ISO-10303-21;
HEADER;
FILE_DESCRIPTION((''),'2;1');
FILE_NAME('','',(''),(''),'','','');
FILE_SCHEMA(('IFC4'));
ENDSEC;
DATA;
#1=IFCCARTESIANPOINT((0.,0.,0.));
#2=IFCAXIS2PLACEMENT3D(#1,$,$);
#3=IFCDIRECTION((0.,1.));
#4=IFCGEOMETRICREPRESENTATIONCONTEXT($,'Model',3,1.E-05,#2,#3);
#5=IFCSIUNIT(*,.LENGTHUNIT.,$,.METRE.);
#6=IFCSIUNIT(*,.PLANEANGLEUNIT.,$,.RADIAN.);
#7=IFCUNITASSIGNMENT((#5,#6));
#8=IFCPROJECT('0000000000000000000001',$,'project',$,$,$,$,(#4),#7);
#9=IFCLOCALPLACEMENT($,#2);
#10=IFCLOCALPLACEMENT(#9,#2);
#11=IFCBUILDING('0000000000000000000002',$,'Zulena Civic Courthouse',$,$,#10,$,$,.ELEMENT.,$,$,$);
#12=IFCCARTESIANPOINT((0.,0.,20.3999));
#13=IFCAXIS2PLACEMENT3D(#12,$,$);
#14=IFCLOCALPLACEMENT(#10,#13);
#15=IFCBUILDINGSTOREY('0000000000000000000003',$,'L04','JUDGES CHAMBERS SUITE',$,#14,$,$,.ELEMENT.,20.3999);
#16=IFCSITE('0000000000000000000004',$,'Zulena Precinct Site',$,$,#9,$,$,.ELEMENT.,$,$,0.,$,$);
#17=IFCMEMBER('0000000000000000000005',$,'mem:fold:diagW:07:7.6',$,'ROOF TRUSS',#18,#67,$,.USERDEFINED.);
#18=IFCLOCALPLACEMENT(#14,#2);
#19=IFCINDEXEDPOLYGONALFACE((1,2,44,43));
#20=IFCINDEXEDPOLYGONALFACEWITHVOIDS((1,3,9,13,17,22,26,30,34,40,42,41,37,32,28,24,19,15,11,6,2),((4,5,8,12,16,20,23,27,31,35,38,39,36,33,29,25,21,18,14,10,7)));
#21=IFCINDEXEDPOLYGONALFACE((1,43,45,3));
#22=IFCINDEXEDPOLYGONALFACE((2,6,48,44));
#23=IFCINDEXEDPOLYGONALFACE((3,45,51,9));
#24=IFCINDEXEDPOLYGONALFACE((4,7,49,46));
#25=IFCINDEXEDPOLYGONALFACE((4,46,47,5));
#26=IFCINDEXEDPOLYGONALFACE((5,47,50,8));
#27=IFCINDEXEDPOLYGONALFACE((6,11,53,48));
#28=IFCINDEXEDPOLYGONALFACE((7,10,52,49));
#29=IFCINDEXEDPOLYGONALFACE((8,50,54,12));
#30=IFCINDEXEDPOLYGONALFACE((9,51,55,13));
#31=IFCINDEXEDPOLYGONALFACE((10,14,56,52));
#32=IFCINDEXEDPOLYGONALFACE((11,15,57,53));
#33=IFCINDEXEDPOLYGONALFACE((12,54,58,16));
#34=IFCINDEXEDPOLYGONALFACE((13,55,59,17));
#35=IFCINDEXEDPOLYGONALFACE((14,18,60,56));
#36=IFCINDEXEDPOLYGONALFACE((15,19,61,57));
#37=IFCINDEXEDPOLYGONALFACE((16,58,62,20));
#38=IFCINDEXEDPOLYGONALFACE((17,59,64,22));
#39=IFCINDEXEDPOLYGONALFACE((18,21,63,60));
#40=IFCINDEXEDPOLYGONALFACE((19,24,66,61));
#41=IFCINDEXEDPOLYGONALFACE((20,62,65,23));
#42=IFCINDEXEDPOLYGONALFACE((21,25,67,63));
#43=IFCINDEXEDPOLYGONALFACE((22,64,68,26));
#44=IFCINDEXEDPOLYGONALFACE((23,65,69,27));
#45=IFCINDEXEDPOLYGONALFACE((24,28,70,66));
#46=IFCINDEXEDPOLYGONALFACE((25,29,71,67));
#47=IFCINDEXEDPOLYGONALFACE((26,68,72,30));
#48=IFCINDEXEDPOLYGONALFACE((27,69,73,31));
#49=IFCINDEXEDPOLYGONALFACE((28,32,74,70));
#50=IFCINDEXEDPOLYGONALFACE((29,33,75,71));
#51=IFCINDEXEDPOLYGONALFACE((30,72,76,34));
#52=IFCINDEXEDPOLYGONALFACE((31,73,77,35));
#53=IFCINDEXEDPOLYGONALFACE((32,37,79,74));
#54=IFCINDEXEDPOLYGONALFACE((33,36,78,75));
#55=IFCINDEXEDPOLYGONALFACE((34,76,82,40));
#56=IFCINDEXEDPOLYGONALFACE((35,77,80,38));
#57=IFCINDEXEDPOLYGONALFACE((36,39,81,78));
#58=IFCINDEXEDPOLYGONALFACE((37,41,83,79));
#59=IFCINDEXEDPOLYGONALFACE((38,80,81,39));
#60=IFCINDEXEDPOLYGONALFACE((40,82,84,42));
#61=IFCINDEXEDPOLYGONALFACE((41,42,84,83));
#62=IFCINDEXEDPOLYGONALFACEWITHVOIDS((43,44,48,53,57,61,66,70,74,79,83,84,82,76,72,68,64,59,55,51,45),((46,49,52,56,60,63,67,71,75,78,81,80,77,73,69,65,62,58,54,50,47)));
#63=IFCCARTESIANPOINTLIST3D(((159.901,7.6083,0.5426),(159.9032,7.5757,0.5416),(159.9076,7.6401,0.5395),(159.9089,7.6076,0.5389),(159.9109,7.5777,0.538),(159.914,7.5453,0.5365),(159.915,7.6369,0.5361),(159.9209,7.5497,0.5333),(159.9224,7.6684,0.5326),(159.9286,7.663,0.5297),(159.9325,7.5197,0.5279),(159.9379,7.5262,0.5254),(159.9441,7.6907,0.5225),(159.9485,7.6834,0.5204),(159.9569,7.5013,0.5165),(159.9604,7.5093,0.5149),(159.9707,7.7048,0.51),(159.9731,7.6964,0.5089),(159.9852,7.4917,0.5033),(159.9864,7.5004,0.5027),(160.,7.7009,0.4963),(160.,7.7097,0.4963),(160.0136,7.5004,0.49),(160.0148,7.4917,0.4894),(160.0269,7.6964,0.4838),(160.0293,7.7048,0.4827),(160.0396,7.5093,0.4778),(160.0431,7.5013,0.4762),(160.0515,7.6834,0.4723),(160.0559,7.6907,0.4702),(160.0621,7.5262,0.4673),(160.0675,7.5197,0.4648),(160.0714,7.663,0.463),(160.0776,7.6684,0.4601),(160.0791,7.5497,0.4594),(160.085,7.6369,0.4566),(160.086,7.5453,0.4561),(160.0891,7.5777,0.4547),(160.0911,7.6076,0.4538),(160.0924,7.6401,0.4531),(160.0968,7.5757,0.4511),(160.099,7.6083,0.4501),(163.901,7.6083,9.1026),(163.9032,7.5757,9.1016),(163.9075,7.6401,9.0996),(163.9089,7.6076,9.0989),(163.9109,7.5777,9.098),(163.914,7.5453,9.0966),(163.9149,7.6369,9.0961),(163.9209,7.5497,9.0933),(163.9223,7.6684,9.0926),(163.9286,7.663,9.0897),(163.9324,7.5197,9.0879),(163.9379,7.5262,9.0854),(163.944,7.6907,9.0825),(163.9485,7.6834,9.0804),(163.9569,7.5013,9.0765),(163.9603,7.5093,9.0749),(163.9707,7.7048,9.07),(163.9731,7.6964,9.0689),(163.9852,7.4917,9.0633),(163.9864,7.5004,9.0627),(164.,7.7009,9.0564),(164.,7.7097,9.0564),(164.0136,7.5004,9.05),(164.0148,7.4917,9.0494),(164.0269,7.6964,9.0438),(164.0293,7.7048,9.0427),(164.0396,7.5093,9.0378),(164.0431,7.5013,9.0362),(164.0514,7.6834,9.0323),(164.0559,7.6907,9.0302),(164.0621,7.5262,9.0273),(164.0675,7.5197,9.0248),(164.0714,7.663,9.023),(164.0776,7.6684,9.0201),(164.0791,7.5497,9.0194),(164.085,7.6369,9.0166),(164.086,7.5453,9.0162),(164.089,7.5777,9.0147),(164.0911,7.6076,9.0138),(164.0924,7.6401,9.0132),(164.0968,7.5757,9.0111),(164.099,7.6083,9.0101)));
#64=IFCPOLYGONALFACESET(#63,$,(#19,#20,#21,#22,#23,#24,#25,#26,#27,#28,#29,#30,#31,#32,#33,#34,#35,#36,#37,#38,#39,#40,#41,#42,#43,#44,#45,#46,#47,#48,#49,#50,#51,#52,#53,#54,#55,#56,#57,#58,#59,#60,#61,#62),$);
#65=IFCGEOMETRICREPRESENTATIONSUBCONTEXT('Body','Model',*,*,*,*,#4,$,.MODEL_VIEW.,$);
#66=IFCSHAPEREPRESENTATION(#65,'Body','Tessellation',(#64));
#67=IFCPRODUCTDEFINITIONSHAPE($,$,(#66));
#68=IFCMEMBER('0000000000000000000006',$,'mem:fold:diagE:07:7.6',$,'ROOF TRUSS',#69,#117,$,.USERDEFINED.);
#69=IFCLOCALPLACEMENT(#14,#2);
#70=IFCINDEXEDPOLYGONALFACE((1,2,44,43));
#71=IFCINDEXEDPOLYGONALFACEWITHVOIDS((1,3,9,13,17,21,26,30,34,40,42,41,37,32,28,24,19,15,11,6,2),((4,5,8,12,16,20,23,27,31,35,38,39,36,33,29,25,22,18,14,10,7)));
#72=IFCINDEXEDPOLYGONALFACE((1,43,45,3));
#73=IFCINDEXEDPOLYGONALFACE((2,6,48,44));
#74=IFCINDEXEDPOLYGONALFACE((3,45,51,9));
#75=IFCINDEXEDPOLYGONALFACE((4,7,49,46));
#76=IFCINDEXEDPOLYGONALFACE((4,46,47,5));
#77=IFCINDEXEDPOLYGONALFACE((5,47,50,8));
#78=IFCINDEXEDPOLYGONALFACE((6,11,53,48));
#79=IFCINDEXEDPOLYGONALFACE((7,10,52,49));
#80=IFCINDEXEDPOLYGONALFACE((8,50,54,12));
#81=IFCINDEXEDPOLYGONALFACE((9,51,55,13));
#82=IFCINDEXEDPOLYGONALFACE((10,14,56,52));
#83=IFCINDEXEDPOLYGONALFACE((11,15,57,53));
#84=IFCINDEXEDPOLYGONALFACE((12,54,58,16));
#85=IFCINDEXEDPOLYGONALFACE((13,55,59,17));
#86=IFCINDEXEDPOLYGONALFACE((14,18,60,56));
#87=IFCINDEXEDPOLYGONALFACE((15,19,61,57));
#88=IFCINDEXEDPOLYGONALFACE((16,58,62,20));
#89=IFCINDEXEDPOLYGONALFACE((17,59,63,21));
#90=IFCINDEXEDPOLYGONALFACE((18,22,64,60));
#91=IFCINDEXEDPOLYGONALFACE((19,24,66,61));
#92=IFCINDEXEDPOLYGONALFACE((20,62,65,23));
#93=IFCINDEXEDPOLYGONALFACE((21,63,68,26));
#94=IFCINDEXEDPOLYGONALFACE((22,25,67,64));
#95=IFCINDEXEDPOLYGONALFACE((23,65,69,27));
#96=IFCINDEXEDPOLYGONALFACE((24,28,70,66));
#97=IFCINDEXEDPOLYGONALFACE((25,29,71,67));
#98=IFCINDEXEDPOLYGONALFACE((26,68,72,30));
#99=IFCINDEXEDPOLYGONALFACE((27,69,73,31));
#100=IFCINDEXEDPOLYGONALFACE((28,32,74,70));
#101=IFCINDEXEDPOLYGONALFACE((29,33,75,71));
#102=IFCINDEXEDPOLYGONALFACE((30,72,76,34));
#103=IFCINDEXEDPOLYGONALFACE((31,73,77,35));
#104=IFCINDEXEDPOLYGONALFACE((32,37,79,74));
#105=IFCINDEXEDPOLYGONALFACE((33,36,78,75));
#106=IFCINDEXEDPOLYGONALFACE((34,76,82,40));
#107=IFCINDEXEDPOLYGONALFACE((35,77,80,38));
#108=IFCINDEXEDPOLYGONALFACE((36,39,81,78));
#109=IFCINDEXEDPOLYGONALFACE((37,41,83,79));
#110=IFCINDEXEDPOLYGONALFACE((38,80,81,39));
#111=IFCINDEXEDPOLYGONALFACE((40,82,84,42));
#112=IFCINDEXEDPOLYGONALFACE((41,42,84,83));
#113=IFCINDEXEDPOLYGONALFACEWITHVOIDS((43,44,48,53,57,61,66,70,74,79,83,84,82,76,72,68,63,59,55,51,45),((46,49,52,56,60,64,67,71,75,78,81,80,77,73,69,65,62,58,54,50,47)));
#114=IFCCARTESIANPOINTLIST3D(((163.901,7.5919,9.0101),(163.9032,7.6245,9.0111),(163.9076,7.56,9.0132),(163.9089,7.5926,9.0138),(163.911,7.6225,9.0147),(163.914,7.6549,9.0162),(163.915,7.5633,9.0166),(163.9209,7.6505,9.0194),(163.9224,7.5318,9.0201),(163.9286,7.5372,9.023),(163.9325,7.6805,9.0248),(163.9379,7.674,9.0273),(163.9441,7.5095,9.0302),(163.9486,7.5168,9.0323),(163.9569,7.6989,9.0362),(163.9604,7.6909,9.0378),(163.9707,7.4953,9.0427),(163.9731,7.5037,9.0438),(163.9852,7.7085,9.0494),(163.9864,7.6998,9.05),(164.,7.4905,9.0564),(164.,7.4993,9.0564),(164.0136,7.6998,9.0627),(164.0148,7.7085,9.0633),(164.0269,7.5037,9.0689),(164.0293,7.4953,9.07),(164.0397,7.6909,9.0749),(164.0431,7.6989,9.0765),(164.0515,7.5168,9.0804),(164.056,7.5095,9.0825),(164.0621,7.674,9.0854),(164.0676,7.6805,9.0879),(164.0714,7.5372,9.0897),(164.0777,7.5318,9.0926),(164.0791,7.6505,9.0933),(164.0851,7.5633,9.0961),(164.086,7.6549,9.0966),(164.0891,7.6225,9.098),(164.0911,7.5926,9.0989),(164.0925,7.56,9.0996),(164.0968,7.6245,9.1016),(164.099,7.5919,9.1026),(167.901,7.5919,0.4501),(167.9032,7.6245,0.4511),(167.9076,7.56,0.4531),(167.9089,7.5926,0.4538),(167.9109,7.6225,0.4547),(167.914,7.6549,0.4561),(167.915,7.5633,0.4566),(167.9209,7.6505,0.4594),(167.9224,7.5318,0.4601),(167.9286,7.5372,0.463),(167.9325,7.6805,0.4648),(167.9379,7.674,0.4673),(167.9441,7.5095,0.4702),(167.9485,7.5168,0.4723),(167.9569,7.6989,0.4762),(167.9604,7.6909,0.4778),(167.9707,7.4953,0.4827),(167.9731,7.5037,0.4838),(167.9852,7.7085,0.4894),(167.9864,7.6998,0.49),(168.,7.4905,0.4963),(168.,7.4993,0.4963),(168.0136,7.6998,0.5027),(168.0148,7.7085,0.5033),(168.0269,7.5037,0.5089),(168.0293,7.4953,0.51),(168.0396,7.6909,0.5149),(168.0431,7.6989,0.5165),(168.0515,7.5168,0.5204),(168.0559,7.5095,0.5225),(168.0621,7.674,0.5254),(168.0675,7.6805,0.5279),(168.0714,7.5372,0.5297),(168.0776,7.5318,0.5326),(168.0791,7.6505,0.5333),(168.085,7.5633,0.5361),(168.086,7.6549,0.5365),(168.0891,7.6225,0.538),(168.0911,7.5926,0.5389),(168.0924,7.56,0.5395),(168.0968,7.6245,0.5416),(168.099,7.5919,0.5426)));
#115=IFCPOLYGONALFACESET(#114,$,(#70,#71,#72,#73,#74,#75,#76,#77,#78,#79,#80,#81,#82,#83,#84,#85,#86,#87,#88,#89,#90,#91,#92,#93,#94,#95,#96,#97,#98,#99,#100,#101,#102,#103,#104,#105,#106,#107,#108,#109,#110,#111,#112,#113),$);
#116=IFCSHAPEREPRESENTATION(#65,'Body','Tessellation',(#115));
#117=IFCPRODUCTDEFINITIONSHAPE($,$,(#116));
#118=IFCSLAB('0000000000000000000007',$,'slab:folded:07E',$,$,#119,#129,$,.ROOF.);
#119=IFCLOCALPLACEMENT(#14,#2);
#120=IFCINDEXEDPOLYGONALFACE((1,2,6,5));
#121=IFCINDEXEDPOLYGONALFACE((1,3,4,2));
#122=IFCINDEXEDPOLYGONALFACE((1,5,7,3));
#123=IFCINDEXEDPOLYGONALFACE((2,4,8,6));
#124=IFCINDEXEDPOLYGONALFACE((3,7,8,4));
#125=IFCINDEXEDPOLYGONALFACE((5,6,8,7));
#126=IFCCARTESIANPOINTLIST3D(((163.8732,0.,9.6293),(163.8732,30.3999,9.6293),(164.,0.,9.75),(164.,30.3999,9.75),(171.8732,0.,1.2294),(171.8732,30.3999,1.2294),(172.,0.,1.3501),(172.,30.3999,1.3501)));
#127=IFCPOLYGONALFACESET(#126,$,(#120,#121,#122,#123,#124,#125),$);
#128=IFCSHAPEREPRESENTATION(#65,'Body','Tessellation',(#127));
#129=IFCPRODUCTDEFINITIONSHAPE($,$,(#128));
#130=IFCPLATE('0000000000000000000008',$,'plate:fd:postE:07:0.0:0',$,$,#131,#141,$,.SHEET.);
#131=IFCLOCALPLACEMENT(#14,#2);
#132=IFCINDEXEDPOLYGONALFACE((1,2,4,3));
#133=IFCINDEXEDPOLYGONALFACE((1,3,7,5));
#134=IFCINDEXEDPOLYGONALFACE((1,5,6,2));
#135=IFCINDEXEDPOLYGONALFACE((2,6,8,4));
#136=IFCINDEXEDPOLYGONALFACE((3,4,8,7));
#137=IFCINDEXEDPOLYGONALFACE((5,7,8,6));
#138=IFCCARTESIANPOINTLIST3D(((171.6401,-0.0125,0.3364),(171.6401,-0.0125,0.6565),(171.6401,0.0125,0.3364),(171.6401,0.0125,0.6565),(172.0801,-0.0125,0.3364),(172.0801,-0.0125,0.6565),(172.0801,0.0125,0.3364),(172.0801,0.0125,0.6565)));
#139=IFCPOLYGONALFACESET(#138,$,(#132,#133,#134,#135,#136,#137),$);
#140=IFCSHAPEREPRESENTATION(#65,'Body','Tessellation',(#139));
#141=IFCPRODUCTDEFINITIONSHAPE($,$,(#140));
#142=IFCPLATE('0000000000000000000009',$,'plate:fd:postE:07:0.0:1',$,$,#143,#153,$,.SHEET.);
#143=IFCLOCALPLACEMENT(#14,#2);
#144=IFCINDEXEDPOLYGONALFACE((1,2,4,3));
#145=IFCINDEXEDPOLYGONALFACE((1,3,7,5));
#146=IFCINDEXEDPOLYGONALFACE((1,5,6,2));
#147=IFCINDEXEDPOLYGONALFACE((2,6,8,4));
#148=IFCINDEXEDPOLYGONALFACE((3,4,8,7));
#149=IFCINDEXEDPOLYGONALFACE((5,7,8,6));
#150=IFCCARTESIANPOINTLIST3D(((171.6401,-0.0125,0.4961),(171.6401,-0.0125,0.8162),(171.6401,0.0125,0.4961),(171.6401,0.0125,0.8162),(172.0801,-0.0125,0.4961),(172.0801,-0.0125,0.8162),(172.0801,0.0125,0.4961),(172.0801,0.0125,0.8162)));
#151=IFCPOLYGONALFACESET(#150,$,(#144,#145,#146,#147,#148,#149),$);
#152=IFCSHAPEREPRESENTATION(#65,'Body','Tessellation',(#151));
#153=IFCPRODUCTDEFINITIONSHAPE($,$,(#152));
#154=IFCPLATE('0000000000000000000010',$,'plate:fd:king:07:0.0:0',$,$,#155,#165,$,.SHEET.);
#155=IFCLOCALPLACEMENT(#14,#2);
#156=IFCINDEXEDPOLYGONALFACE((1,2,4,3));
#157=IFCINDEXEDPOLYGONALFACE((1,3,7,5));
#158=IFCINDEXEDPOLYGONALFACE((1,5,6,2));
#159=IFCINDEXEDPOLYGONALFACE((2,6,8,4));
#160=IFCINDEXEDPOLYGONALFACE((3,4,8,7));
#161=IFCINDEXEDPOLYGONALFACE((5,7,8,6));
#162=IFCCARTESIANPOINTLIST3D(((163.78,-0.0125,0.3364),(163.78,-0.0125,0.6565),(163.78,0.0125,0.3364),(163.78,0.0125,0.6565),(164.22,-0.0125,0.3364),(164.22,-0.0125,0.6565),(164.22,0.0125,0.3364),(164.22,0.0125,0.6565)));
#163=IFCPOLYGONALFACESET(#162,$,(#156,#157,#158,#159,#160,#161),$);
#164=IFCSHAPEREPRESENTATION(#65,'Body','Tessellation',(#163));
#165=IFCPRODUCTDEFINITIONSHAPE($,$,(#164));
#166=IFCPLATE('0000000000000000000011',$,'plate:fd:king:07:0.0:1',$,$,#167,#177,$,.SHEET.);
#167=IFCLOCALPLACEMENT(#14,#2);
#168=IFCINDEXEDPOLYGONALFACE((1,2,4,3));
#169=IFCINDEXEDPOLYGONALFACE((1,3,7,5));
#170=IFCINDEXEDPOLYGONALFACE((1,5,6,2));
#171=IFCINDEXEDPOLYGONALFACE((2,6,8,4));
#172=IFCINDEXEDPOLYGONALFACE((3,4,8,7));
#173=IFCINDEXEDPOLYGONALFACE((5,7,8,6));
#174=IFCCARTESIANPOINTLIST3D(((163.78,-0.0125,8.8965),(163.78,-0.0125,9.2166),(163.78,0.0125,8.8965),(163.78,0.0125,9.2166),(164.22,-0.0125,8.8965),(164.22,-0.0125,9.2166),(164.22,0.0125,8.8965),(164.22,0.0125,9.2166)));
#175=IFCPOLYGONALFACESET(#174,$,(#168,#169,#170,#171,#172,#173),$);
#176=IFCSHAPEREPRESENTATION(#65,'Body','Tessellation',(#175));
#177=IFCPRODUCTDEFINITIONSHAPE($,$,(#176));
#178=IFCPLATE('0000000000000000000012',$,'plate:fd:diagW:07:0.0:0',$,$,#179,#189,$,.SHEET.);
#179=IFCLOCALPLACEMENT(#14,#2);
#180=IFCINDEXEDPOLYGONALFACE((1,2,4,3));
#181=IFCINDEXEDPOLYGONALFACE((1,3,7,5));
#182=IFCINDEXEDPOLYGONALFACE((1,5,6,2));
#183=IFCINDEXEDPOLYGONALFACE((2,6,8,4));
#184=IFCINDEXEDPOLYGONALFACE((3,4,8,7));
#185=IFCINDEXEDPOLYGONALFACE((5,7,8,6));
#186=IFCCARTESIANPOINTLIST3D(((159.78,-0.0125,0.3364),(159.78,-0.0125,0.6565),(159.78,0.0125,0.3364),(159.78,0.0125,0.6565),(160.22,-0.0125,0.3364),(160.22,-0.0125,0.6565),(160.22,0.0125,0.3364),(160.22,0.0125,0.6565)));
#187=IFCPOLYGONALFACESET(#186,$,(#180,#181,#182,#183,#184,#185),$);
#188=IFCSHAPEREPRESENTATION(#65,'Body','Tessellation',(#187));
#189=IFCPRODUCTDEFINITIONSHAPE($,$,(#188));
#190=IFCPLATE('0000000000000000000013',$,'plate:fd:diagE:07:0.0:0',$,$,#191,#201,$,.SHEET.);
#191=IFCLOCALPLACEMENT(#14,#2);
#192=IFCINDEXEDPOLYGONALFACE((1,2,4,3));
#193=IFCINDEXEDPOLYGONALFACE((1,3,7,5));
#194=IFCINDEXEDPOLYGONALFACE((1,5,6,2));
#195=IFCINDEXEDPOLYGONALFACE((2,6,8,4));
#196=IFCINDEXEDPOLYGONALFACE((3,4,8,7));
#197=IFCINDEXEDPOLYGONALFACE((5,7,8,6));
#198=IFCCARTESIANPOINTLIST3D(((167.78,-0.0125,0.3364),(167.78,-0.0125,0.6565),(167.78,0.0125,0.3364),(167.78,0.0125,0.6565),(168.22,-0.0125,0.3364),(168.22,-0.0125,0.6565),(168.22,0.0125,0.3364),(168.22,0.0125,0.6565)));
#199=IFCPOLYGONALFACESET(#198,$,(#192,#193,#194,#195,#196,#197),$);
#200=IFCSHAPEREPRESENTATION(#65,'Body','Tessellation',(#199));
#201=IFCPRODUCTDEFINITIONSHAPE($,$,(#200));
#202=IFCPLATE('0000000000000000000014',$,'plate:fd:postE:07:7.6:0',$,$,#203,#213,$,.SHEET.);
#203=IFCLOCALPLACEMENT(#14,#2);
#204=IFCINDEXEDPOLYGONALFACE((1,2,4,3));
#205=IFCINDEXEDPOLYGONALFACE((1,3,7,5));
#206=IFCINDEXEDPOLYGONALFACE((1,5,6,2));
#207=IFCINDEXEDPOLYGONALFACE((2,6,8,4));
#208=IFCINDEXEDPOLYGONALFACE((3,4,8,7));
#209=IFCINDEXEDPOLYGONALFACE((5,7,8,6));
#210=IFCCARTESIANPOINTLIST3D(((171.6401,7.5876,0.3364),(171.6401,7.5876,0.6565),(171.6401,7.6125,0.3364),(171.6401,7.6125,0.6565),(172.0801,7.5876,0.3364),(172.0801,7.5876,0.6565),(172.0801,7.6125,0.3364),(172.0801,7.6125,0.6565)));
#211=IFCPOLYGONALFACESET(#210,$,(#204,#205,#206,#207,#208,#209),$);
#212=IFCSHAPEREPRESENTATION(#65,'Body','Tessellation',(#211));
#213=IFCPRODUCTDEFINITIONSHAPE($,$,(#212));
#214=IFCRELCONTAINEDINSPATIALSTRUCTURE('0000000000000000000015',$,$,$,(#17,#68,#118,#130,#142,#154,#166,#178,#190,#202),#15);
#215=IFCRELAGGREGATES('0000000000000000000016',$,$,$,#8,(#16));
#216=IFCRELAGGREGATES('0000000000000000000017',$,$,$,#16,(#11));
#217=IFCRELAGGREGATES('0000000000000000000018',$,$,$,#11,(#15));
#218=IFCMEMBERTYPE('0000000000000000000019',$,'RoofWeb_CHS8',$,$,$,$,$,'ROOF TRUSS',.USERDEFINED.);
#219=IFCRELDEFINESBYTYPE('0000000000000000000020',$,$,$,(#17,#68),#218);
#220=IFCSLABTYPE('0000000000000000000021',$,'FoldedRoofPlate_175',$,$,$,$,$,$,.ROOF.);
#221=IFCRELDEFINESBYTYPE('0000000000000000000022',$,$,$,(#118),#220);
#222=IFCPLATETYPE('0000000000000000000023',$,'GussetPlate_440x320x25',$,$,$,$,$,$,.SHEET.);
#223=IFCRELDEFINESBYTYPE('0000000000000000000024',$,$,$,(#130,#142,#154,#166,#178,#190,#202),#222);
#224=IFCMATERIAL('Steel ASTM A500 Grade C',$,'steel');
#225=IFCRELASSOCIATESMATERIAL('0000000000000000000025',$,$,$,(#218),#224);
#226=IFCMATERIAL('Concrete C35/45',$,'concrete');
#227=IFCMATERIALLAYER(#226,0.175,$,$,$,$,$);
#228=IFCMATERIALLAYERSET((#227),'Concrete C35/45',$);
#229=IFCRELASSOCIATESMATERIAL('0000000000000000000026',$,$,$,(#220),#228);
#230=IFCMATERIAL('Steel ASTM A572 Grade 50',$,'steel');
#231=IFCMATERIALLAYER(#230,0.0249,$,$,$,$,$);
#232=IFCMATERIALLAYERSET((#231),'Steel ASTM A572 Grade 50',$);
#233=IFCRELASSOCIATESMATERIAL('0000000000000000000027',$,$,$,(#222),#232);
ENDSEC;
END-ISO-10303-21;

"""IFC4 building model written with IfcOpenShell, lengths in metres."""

from ifc_helpers import new_model, si_unit, direction, frame, origin, origin_2d, place, context, subcontext, project, spatial, polyline, rectangle, hollow_circle, outline, extrude, material, layer, layer_set, material_profile, profile_set, type_object, element, save


model = new_model("IFC4")

# Units and contexts
model_context = context("Model", 3, precision=1e-05, world=origin(), true_north=direction((0.0, 1.0)))
body_context = subcontext(model_context, "Body", "Model", "MODEL_VIEW")
ifc_project = project(units=[si_unit("LENGTHUNIT", "METRE"), si_unit("PLANEANGLEUNIT", "RADIAN")], contexts=[model_context])

# Site, building, storey
site_placement = place(None, origin())
site = spatial("IfcSite", under=ifc_project, at=site_placement, Name="Zulena Precinct Site", CompositionType="ELEMENT", RefElevation=0.0)
building_placement = place(site_placement, origin())
building = spatial("IfcBuilding", under=site, at=building_placement, Name="Zulena Civic Courthouse", CompositionType="ELEMENT")
storey_placement = place(building_placement, frame((0.0, 0.0, 20.3999)))
storey = spatial("IfcBuildingStorey", under=building, at=storey_placement, Name="L04", Description="JUDGES CHAMBERS SUITE", CompositionType="ELEMENT", Elevation=20.3999)

# Members
ifc_material_1 = material(Name="Steel ASTM A500 Grade C", Category="steel")
ifc_material_profile_1 = material_profile(ifc_material_1, hollow_circle(Radius=0.1096, WallThickness=0.0088, at=origin_2d()), Name="HSS8.625X0.375")
ifc_profile_set_1 = profile_set([ifc_material_profile_1], Name="Steel ASTM A500 Grade C")
member_type_1 = type_object("IfcMemberType", Name="RoofWeb_CHS8", ElementType="ROOF TRUSS", PredefinedType="USERDEFINED", material=ifc_profile_set_1)
for number, where, z_axis, x_axis, name in (
    (1, (160.0, 7.6001, 0.4963), (0.423347, 0.0, 0.905968), (0.0, 1.0, 0.0), "mem:fold:diagW:07:7.6"),
    (2, (168.0, 7.6001, 0.4963), (-0.423347, 0.0, 0.905968), (0.0, -1.0, 0.0), "mem:fold:diagE:07:7.6"),
):
    element("IfcMember", number, at=place(storey_placement, frame(where, z_axis=z_axis, x_axis=x_axis)), inside=storey, type_object=member_type_1, Name=name, ObjectType="ROOF TRUSS", PredefinedType="USERDEFINED", context=body_context, shape_type="SweptSolid", body=[
        extrude(hollow_circle(Radius=0.1096, WallThickness=0.0088, at=origin_2d()), origin(), (0.0, 0.0, 1.0), 9.4485),
    ])

# Slab
ifc_material_2 = material(Name="Concrete C35/45", Category="concrete")
ifc_layer_1 = layer(ifc_material_2, 0.175)
ifc_layer_set_1 = layer_set([ifc_layer_1], Name="Concrete C35/45")
slab_type = type_object("IfcSlabType", Name="FoldedRoofPlate_175", PredefinedType="ROOF", material=ifc_layer_set_1)
slab_placement = place(storey_placement, frame((164.0, 0.0, 9.75), z_axis=(0.724134, 0.0, 0.689659), x_axis=(0.689659, 0.0, -0.724134)))
element("IfcSlab", 3, at=slab_placement, inside=storey, type_object=slab_type, Name="slab:folded:07E", PredefinedType="ROOF", context=body_context, shape_type="SweptSolid", body=[
    extrude(outline(polyline([(0.0, 0.0), (11.5999, 0.0), (11.5999, 30.3999), (0.0, 30.3999), (0.0, 0.0)])), origin(), (0.0, 0.0, -1.0), 0.175),
])

# Plates
ifc_material_3 = material(Name="Steel ASTM A572 Grade 50", Category="steel")
ifc_layer_2 = layer(ifc_material_3, 0.0249)
ifc_layer_set_2 = layer_set([ifc_layer_2], Name="Steel ASTM A572 Grade 50")
plate_type = type_object("IfcPlateType", Name="GussetPlate_440x320x25", PredefinedType="SHEET", material=ifc_layer_set_2)
for number, where, z_axis, x_axis, name in (
    (4, (171.8601, 0.0, 0.3364), (0.0, 0.0, 1.0), (1.0, 0.0, 0.0), "plate:fd:postE:07:0.0:0"),
    (5, (171.8601, 0.0, 0.4961), (0.0, 0.0, 1.0), (1.0, 0.0, 0.0), "plate:fd:postE:07:0.0:1"),
    (6, (164.0, 0.0, 0.3364), (0.0, 0.0, 1.0), (1.0, 0.0, 0.0), "plate:fd:king:07:0.0:0"),
    (7, (164.0, 0.0, 8.8965), (0.0, 0.0, 1.0), (1.0, 0.0, 0.0), "plate:fd:king:07:0.0:1"),
    (8, (160.0, 0.0, 0.3364), (0.0, 0.0, 1.0), (1.0, 0.0, 0.0), "plate:fd:diagW:07:0.0:0"),
    (9, (168.0, 0.0, 0.3364), (0.0, 0.0, 1.0), (1.0, 0.0, 0.0), "plate:fd:diagE:07:0.0:0"),
    (10, (171.8601, 7.6001, 0.3364), (0.0, 0.0, 1.0), (1.0, 0.0, 0.0), "plate:fd:postE:07:7.6:0"),
):
    element("IfcPlate", number, at=place(storey_placement, frame(where, z_axis=z_axis, x_axis=x_axis)), inside=storey, type_object=plate_type, Name=name, PredefinedType="SHEET", context=body_context, shape_type="SweptSolid", body=[
        extrude(rectangle(XDim=0.4399, YDim=0.0249, at=origin_2d()), origin(), (0.0, 0.0, 1.0), 0.3201),
    ])

save(model, "model.ifc")
